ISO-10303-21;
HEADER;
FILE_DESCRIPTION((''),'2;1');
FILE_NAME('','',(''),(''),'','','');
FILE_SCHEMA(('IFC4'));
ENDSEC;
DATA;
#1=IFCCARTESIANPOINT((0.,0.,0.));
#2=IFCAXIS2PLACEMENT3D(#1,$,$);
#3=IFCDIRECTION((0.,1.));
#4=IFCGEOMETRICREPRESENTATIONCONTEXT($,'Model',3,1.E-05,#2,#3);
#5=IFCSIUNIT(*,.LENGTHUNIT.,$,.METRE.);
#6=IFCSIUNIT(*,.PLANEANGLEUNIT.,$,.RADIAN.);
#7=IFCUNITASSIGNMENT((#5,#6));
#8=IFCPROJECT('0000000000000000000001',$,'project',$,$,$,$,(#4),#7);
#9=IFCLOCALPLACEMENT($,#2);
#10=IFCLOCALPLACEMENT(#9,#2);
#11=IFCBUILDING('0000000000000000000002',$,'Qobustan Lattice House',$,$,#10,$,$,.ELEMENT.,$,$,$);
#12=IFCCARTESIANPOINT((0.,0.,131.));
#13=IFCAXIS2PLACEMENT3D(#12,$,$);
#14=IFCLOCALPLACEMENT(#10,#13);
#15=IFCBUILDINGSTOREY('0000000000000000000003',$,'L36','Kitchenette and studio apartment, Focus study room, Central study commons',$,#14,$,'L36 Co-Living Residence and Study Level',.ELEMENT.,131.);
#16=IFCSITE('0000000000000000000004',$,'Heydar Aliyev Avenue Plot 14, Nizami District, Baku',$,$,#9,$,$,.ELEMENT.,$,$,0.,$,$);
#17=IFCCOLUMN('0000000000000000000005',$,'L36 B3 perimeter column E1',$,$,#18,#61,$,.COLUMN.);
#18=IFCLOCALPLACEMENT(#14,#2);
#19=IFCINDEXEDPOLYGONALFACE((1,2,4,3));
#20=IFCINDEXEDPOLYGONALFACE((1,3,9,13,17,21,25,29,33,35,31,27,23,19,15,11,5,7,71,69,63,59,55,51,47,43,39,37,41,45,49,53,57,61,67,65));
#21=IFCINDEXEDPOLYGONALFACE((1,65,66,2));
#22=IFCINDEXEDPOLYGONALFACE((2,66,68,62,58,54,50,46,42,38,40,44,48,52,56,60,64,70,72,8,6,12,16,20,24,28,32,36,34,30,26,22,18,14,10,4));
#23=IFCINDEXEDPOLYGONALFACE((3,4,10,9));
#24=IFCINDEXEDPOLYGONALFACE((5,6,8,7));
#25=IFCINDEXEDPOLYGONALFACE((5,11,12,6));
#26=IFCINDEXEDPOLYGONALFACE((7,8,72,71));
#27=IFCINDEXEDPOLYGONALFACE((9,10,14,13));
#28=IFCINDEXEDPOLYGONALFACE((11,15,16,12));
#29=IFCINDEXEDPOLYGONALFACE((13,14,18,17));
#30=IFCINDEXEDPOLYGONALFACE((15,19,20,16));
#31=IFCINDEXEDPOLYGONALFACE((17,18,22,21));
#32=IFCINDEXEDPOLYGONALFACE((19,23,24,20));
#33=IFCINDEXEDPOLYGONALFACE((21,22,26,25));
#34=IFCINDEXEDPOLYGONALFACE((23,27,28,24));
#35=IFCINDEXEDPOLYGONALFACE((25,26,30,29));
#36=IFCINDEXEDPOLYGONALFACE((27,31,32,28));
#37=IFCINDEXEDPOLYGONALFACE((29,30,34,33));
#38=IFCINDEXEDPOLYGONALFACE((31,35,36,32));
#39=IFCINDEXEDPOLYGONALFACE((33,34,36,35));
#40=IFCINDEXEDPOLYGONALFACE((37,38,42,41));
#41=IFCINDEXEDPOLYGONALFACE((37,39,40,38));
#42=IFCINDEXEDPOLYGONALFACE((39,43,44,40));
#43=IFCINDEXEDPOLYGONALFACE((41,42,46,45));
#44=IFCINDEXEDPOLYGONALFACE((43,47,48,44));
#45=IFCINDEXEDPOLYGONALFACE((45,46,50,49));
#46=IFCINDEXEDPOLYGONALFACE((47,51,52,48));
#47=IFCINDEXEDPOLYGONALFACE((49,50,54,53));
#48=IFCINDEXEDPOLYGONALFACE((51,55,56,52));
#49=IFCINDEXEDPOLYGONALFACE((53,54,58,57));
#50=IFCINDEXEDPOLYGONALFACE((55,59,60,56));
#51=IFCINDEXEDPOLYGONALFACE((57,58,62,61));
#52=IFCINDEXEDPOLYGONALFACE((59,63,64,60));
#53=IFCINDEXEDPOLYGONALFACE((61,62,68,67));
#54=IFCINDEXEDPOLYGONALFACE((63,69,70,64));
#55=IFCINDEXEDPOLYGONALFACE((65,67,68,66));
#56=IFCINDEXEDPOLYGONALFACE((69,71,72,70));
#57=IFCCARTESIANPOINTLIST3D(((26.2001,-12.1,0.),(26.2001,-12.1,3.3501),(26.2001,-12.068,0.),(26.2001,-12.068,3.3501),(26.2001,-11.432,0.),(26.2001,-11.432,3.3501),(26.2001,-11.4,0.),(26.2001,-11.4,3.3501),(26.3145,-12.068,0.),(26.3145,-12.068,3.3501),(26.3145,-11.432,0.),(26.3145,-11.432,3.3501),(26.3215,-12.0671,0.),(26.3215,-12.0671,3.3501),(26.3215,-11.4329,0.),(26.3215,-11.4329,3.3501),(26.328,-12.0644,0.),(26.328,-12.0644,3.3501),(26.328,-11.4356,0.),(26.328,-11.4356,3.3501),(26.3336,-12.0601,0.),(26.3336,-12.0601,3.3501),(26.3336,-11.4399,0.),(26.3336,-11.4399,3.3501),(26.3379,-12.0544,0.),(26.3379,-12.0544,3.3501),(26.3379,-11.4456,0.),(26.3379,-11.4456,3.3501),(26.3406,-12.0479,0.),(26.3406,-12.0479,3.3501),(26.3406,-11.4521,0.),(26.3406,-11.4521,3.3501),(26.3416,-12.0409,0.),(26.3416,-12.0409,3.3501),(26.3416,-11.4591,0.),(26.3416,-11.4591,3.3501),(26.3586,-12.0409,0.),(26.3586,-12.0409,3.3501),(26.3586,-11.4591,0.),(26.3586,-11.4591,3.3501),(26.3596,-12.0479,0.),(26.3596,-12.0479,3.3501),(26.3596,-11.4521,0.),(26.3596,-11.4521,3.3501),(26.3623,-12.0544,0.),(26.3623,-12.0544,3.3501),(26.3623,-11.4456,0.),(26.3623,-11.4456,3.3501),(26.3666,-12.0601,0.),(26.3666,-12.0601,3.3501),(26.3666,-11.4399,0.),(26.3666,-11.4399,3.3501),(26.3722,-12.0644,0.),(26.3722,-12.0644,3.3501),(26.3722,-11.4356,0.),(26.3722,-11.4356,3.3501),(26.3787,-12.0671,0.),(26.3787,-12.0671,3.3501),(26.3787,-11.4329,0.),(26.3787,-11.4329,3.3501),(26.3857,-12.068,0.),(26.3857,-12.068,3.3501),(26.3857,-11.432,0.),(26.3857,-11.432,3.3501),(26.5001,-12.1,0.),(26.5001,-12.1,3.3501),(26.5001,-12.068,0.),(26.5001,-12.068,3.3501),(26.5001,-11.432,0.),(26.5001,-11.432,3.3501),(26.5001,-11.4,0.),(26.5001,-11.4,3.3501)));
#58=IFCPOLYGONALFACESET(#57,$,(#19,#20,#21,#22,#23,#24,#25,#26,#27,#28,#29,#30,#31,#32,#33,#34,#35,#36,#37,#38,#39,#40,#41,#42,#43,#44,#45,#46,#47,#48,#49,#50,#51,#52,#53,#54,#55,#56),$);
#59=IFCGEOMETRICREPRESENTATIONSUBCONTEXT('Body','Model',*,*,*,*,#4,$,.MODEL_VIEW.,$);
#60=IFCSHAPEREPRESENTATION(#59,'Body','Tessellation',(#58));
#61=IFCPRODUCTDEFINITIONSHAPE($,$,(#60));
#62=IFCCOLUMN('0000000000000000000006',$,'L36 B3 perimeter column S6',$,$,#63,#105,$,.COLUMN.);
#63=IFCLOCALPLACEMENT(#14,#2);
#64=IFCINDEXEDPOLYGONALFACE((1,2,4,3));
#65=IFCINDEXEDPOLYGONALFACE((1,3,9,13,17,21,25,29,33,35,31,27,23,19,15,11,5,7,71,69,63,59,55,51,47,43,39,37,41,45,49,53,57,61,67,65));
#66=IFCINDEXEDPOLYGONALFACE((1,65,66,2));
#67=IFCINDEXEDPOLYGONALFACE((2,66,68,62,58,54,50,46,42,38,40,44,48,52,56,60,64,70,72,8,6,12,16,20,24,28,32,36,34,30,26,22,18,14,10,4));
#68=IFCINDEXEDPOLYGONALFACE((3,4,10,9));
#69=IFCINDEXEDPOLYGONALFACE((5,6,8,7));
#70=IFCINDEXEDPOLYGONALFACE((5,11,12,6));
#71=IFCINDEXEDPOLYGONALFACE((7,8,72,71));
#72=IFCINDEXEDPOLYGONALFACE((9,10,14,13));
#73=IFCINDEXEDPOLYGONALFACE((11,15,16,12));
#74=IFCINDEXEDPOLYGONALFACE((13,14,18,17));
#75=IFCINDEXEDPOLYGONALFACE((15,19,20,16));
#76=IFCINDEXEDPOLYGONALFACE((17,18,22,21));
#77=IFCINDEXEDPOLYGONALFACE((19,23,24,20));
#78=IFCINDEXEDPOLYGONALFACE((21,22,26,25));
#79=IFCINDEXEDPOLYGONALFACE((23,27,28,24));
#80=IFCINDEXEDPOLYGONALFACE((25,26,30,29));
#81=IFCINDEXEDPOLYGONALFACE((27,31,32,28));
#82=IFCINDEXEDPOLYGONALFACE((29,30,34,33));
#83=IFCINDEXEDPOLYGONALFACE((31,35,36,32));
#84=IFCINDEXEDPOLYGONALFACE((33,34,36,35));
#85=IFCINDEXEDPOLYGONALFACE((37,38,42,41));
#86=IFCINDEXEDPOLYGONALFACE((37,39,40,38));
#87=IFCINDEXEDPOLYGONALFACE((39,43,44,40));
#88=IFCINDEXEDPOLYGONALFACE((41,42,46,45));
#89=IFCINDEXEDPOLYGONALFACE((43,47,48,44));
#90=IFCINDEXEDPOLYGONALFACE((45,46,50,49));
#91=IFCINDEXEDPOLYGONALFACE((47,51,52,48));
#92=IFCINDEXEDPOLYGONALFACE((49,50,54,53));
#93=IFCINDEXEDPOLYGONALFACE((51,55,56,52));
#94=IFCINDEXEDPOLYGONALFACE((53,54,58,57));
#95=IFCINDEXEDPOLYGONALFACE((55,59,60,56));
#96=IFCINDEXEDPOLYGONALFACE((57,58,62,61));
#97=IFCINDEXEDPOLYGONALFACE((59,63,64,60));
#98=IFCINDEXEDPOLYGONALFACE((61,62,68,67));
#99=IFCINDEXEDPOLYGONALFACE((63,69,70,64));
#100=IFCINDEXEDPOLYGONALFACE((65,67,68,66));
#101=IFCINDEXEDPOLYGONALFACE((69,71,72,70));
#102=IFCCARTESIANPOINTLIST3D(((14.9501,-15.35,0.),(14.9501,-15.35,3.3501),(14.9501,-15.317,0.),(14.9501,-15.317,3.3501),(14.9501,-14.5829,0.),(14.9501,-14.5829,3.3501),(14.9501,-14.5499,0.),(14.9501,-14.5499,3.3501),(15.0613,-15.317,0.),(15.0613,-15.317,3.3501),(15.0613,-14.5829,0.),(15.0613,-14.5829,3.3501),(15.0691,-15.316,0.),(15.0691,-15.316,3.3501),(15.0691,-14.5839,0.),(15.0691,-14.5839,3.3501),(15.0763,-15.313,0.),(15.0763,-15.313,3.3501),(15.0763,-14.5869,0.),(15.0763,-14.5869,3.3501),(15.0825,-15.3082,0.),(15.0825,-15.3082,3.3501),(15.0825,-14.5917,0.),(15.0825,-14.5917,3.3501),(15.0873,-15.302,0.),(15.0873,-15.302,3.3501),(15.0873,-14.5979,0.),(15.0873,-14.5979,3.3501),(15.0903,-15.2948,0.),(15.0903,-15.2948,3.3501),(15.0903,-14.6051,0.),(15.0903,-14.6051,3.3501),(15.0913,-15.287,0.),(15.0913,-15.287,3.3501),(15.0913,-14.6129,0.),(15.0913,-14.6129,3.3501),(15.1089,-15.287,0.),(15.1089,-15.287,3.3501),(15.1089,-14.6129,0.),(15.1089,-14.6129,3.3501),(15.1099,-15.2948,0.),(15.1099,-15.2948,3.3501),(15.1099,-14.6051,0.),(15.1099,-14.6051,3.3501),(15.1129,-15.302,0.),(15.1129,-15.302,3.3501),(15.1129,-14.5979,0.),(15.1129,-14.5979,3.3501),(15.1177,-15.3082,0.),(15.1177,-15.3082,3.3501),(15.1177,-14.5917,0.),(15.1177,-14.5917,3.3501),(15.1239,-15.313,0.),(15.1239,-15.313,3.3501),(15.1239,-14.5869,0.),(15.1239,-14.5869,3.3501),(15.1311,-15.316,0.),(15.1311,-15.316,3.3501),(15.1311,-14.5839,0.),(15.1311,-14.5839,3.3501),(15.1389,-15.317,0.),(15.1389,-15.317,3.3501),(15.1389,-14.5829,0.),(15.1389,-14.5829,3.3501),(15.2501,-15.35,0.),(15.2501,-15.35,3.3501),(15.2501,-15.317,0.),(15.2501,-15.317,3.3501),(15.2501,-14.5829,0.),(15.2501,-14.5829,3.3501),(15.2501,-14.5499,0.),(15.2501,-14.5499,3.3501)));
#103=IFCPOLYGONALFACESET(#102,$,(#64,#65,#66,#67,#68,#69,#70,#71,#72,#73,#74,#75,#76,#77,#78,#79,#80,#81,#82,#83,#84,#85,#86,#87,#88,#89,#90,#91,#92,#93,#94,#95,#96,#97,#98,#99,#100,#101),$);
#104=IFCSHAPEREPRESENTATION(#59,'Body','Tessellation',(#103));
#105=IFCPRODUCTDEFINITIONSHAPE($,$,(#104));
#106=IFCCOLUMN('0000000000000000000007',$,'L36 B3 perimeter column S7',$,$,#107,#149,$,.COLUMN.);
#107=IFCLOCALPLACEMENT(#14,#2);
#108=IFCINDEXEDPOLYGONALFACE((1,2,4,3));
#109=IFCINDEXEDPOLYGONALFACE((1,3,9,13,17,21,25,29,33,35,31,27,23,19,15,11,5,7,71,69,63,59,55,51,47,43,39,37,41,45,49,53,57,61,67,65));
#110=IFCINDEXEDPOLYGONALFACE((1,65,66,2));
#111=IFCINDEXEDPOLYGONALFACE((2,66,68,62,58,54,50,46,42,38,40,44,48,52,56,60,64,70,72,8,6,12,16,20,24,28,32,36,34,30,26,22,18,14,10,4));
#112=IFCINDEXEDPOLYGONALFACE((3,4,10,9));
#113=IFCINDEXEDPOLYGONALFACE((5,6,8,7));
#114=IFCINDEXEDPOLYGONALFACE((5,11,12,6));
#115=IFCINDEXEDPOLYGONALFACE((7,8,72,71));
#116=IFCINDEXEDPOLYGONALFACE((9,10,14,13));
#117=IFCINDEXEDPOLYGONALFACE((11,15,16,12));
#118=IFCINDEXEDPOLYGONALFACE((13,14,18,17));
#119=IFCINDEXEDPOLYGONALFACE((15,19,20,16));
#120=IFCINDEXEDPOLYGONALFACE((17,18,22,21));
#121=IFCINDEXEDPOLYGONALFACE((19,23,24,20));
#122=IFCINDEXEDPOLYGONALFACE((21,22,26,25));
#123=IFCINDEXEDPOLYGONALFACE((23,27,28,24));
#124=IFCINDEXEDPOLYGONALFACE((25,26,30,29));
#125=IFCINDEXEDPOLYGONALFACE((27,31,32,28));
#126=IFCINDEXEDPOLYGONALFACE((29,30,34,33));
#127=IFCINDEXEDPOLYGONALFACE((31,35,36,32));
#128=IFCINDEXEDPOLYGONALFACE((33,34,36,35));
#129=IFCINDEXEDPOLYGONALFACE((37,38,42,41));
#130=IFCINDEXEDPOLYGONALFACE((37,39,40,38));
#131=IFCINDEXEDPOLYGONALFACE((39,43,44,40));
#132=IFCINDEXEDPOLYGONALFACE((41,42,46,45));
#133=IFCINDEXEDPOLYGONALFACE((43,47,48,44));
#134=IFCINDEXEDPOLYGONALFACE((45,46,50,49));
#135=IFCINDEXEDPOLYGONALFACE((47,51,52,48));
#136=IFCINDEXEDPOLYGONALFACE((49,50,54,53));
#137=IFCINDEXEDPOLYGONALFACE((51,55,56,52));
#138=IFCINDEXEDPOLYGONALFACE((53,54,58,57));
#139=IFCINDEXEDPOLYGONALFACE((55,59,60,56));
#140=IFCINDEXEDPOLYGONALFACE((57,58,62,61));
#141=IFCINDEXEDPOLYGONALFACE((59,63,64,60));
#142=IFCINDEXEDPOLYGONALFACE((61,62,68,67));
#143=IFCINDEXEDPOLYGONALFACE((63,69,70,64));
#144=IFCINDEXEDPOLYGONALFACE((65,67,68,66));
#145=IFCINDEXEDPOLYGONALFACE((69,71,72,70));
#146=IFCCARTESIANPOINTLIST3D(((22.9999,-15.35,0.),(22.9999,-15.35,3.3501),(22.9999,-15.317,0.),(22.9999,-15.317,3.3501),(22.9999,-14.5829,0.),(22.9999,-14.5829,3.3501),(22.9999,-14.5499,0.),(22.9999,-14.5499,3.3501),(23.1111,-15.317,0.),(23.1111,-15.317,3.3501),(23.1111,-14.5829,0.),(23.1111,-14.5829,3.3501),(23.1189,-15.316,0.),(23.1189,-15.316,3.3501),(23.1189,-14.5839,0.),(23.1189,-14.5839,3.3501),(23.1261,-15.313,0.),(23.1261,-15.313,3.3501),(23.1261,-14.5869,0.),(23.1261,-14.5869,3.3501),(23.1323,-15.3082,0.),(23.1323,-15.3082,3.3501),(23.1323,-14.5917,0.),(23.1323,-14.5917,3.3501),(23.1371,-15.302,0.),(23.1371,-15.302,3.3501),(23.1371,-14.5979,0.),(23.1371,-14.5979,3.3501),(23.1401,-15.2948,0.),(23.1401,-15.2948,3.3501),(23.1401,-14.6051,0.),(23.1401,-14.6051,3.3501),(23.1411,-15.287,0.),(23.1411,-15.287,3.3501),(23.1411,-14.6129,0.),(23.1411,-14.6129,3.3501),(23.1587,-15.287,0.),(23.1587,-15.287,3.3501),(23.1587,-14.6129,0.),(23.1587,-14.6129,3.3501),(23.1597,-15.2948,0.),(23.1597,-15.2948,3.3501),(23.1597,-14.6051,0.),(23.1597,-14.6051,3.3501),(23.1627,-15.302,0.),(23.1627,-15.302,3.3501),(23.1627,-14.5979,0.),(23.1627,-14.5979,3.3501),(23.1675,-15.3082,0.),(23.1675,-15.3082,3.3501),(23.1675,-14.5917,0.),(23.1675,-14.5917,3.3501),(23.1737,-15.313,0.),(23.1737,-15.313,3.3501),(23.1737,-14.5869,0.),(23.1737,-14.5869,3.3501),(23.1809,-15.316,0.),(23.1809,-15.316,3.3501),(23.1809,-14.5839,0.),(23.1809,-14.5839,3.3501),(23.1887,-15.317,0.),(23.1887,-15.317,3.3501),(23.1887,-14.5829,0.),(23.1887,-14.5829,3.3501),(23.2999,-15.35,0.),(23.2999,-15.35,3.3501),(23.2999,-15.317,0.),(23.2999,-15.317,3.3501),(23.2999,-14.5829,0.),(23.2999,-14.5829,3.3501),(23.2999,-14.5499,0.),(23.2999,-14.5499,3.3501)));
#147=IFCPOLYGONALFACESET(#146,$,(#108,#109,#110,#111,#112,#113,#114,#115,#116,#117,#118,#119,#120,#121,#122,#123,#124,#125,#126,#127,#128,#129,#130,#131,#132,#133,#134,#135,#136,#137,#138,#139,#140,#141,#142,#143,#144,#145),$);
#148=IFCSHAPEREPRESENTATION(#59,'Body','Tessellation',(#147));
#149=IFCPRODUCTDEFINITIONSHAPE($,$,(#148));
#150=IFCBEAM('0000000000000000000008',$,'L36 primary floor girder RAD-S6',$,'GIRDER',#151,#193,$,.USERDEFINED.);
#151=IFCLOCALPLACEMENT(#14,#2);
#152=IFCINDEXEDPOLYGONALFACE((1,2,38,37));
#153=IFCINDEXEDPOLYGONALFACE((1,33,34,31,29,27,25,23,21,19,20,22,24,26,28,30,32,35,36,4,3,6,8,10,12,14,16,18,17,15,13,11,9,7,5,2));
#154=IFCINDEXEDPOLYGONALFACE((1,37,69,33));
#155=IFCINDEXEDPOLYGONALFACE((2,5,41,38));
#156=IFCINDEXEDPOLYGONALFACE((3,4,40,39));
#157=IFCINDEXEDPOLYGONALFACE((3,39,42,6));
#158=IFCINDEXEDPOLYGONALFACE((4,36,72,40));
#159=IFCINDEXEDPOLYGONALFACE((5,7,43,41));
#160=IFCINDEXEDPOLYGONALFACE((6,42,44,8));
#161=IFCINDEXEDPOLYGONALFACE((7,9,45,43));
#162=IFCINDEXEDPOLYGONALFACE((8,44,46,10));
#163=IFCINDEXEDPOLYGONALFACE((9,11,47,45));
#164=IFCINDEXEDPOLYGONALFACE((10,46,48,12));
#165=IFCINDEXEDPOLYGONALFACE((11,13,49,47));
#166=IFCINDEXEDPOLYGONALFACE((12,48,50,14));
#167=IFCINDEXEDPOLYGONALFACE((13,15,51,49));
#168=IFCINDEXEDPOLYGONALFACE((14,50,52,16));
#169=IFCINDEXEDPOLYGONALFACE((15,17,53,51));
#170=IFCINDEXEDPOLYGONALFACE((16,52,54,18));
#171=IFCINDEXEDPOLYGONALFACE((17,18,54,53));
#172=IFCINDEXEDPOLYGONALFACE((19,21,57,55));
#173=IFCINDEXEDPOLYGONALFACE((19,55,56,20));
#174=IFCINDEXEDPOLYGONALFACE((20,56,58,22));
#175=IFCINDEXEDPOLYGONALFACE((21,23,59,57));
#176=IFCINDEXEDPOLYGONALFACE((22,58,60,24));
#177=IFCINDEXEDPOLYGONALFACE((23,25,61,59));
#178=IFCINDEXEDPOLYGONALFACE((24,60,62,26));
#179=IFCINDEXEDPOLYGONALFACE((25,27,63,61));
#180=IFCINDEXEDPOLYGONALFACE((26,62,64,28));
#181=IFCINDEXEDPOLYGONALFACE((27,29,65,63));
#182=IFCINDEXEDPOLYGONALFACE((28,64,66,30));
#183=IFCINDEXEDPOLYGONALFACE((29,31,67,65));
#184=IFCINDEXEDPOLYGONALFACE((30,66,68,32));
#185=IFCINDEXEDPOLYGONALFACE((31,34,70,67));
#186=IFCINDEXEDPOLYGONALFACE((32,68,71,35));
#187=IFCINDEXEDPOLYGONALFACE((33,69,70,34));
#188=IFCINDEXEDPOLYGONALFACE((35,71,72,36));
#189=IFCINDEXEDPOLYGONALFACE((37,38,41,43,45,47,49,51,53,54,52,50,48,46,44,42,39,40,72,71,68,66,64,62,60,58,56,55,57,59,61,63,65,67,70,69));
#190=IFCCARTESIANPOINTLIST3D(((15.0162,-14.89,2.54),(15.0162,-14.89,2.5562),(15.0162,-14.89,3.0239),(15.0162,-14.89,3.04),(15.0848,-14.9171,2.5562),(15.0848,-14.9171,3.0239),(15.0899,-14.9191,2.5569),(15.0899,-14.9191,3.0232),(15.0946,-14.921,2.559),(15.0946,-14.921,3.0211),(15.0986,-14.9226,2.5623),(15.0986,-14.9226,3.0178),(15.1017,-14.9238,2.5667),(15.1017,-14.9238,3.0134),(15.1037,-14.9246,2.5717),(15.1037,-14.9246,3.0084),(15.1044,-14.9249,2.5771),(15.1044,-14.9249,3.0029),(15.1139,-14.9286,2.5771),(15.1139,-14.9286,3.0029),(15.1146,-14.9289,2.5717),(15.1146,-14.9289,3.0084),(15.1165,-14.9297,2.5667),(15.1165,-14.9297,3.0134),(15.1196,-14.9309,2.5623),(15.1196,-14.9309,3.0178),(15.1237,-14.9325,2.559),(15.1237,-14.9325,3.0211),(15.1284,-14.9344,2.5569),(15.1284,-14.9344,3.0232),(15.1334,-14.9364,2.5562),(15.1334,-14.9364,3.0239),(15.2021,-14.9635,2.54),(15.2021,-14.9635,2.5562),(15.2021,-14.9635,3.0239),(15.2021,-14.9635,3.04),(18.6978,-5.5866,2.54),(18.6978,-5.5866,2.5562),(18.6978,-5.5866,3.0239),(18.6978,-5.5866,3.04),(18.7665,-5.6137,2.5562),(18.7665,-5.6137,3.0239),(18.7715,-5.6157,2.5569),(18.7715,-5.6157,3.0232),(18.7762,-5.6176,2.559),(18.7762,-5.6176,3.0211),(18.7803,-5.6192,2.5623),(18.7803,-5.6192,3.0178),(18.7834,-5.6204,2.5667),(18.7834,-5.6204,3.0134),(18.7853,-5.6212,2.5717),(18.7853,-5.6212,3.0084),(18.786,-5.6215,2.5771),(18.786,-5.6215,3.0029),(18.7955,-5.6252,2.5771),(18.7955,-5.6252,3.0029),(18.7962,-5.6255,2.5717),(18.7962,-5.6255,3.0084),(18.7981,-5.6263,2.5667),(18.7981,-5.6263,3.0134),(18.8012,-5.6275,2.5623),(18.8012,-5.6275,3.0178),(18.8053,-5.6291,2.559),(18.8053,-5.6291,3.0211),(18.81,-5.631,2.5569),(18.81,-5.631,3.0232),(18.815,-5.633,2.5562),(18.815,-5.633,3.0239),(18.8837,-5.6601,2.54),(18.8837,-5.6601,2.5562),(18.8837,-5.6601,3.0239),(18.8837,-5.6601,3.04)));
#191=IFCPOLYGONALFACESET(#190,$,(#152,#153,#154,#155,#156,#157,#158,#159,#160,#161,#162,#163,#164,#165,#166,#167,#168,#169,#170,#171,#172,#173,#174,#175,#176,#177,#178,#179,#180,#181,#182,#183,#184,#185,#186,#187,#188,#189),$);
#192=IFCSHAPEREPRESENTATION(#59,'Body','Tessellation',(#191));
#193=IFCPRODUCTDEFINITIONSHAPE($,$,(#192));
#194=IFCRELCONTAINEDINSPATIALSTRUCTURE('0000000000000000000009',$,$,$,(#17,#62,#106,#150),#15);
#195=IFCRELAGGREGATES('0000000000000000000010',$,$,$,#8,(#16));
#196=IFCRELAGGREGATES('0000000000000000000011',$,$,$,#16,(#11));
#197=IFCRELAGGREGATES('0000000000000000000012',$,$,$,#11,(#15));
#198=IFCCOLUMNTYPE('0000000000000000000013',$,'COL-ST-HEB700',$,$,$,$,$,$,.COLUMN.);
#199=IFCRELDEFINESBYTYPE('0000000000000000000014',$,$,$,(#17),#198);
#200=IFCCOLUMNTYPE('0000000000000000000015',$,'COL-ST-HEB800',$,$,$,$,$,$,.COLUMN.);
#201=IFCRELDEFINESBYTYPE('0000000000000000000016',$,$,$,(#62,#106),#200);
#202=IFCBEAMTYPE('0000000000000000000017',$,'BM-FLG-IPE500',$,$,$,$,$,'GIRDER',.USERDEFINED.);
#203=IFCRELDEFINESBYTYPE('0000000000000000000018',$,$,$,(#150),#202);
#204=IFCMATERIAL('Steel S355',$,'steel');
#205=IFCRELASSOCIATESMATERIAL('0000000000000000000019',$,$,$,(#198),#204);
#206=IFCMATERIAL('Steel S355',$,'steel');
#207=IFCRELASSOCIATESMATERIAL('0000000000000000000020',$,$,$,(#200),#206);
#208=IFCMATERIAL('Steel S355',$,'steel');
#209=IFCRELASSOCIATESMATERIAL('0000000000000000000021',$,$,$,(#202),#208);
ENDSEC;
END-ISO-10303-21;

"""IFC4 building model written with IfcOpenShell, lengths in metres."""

from ifc_helpers import new_model, si_unit, direction, frame, origin, origin_2d, place, context, subcontext, project, spatial, i_section, extrude, material, material_profile, profile_set, type_object, element, save


model = new_model("IFC4")

# Units and contexts
model_context = context("Model", 3, precision=1e-05, world=origin(), true_north=direction((0.0, 1.0)))
body_context = subcontext(model_context, "Body", "Model", "MODEL_VIEW")
ifc_project = project(units=[si_unit("LENGTHUNIT", "METRE"), si_unit("PLANEANGLEUNIT", "RADIAN")], contexts=[model_context])

# Site, building, storey
site_placement = place(None, origin())
site = spatial("IfcSite", under=ifc_project, at=site_placement, Name="Heydar Aliyev Avenue Plot 14, Nizami District, Baku", CompositionType="ELEMENT", RefElevation=0.0)
building_placement = place(site_placement, origin())
building = spatial("IfcBuilding", under=site, at=building_placement, Name="Qobustan Lattice House", CompositionType="ELEMENT")
storey_placement = place(building_placement, frame((0.0, 0.0, 131.0)))
storey = spatial("IfcBuildingStorey", under=building, at=storey_placement, Name="L36", Description="Kitchenette and studio apartment, Focus study room, Central study commons", LongName="L36 Co-Living Residence and Study Level", CompositionType="ELEMENT", Elevation=131.0)

# Columns
ifc_material_1 = material(Name="Steel S355", Category="steel")
ifc_material_profile_1 = material_profile(ifc_material_1, i_section(OverallWidth=0.3, OverallDepth=0.7, WebThickness=0.0171, FlangeThickness=0.032, FilletRadius=0.0271, at=origin_2d()), Name="HEB700")
ifc_profile_set_1 = profile_set([ifc_material_profile_1], Name="Steel S355")
column_type_1 = type_object("IfcColumnType", Name="COL-ST-HEB700", PredefinedType="COLUMN", material=ifc_profile_set_1)
column_placement = place(storey_placement, frame((26.3501, -11.75, 0.0), z_axis=(0.0, 0.0, 1.0), x_axis=(1.0, 0.0, 0.0)))
element("IfcColumn", 1, at=column_placement, inside=storey, type_object=column_type_1, Name="L36 B3 perimeter column E1", PredefinedType="COLUMN", context=body_context, shape_type="SweptSolid", body=[
    extrude(i_section(OverallWidth=0.3, OverallDepth=0.7, WebThickness=0.0171, FlangeThickness=0.032, FilletRadius=0.0271, at=origin_2d()), origin(), (0.0, 0.0, 1.0), 3.3501),
])
ifc_material_2 = material(Name="Steel S355", Category="steel")
ifc_material_profile_2 = material_profile(ifc_material_2, i_section(OverallWidth=0.3, OverallDepth=0.8, WebThickness=0.0176, FlangeThickness=0.033, FilletRadius=0.03, at=origin_2d()), Name="HEB800")
ifc_profile_set_2 = profile_set([ifc_material_profile_2], Name="Steel S355")
column_type_2 = type_object("IfcColumnType", Name="COL-ST-HEB800", PredefinedType="COLUMN", material=ifc_profile_set_2)
for number, where, z_axis, x_axis, name in (
    (2, (15.1001, -14.95, 0.0), (0.0, 0.0, 1.0), (1.0, 0.0, 0.0), "L36 B3 perimeter column S6"),
    (3, (23.1499, -14.95, 0.0), (0.0, 0.0, 1.0), (1.0, 0.0, 0.0), "L36 B3 perimeter column S7"),
):
    element("IfcColumn", number, at=place(storey_placement, frame(where, z_axis=z_axis, x_axis=x_axis)), inside=storey, type_object=column_type_2, Name=name, PredefinedType="COLUMN", context=body_context, shape_type="SweptSolid", body=[
        extrude(i_section(OverallWidth=0.3, OverallDepth=0.8, WebThickness=0.0176, FlangeThickness=0.033, FilletRadius=0.03, at=origin_2d()), origin(), (0.0, 0.0, 1.0), 3.3501),
    ])

# Beam
ifc_material_3 = material(Name="Steel S355", Category="steel")
ifc_material_profile_3 = material_profile(ifc_material_3, i_section(OverallWidth=0.2, OverallDepth=0.5, WebThickness=0.0103, FlangeThickness=0.0161, FilletRadius=0.021, at=origin_2d()), Name="IPE500")
ifc_profile_set_3 = profile_set([ifc_material_profile_3], Name="Steel S355")
beam_type_1 = type_object("IfcBeamType", Name="BM-FLG-IPE500", ElementType="GIRDER", PredefinedType="USERDEFINED", material=ifc_profile_set_3)
beam_1_placement = place(storey_placement, frame((15.1091, -14.9268, 2.79), z_axis=(0.367964, 0.92984, 0.0), x_axis=(-0.92984, 0.367964, 0.0)))
element("IfcBeam", 4, at=beam_1_placement, inside=storey, type_object=beam_type_1, Name="L36 primary floor girder RAD-S6", ObjectType="GIRDER", PredefinedType="USERDEFINED", context=body_context, shape_type="SweptSolid", body=[
    extrude(i_section(OverallWidth=0.2, OverallDepth=0.5, WebThickness=0.0103, FlangeThickness=0.0161, FilletRadius=0.021, at=origin_2d()), origin(), (0.0, 0.0, 1.0), 10.0054),
])

save(model, "model.ifc")
